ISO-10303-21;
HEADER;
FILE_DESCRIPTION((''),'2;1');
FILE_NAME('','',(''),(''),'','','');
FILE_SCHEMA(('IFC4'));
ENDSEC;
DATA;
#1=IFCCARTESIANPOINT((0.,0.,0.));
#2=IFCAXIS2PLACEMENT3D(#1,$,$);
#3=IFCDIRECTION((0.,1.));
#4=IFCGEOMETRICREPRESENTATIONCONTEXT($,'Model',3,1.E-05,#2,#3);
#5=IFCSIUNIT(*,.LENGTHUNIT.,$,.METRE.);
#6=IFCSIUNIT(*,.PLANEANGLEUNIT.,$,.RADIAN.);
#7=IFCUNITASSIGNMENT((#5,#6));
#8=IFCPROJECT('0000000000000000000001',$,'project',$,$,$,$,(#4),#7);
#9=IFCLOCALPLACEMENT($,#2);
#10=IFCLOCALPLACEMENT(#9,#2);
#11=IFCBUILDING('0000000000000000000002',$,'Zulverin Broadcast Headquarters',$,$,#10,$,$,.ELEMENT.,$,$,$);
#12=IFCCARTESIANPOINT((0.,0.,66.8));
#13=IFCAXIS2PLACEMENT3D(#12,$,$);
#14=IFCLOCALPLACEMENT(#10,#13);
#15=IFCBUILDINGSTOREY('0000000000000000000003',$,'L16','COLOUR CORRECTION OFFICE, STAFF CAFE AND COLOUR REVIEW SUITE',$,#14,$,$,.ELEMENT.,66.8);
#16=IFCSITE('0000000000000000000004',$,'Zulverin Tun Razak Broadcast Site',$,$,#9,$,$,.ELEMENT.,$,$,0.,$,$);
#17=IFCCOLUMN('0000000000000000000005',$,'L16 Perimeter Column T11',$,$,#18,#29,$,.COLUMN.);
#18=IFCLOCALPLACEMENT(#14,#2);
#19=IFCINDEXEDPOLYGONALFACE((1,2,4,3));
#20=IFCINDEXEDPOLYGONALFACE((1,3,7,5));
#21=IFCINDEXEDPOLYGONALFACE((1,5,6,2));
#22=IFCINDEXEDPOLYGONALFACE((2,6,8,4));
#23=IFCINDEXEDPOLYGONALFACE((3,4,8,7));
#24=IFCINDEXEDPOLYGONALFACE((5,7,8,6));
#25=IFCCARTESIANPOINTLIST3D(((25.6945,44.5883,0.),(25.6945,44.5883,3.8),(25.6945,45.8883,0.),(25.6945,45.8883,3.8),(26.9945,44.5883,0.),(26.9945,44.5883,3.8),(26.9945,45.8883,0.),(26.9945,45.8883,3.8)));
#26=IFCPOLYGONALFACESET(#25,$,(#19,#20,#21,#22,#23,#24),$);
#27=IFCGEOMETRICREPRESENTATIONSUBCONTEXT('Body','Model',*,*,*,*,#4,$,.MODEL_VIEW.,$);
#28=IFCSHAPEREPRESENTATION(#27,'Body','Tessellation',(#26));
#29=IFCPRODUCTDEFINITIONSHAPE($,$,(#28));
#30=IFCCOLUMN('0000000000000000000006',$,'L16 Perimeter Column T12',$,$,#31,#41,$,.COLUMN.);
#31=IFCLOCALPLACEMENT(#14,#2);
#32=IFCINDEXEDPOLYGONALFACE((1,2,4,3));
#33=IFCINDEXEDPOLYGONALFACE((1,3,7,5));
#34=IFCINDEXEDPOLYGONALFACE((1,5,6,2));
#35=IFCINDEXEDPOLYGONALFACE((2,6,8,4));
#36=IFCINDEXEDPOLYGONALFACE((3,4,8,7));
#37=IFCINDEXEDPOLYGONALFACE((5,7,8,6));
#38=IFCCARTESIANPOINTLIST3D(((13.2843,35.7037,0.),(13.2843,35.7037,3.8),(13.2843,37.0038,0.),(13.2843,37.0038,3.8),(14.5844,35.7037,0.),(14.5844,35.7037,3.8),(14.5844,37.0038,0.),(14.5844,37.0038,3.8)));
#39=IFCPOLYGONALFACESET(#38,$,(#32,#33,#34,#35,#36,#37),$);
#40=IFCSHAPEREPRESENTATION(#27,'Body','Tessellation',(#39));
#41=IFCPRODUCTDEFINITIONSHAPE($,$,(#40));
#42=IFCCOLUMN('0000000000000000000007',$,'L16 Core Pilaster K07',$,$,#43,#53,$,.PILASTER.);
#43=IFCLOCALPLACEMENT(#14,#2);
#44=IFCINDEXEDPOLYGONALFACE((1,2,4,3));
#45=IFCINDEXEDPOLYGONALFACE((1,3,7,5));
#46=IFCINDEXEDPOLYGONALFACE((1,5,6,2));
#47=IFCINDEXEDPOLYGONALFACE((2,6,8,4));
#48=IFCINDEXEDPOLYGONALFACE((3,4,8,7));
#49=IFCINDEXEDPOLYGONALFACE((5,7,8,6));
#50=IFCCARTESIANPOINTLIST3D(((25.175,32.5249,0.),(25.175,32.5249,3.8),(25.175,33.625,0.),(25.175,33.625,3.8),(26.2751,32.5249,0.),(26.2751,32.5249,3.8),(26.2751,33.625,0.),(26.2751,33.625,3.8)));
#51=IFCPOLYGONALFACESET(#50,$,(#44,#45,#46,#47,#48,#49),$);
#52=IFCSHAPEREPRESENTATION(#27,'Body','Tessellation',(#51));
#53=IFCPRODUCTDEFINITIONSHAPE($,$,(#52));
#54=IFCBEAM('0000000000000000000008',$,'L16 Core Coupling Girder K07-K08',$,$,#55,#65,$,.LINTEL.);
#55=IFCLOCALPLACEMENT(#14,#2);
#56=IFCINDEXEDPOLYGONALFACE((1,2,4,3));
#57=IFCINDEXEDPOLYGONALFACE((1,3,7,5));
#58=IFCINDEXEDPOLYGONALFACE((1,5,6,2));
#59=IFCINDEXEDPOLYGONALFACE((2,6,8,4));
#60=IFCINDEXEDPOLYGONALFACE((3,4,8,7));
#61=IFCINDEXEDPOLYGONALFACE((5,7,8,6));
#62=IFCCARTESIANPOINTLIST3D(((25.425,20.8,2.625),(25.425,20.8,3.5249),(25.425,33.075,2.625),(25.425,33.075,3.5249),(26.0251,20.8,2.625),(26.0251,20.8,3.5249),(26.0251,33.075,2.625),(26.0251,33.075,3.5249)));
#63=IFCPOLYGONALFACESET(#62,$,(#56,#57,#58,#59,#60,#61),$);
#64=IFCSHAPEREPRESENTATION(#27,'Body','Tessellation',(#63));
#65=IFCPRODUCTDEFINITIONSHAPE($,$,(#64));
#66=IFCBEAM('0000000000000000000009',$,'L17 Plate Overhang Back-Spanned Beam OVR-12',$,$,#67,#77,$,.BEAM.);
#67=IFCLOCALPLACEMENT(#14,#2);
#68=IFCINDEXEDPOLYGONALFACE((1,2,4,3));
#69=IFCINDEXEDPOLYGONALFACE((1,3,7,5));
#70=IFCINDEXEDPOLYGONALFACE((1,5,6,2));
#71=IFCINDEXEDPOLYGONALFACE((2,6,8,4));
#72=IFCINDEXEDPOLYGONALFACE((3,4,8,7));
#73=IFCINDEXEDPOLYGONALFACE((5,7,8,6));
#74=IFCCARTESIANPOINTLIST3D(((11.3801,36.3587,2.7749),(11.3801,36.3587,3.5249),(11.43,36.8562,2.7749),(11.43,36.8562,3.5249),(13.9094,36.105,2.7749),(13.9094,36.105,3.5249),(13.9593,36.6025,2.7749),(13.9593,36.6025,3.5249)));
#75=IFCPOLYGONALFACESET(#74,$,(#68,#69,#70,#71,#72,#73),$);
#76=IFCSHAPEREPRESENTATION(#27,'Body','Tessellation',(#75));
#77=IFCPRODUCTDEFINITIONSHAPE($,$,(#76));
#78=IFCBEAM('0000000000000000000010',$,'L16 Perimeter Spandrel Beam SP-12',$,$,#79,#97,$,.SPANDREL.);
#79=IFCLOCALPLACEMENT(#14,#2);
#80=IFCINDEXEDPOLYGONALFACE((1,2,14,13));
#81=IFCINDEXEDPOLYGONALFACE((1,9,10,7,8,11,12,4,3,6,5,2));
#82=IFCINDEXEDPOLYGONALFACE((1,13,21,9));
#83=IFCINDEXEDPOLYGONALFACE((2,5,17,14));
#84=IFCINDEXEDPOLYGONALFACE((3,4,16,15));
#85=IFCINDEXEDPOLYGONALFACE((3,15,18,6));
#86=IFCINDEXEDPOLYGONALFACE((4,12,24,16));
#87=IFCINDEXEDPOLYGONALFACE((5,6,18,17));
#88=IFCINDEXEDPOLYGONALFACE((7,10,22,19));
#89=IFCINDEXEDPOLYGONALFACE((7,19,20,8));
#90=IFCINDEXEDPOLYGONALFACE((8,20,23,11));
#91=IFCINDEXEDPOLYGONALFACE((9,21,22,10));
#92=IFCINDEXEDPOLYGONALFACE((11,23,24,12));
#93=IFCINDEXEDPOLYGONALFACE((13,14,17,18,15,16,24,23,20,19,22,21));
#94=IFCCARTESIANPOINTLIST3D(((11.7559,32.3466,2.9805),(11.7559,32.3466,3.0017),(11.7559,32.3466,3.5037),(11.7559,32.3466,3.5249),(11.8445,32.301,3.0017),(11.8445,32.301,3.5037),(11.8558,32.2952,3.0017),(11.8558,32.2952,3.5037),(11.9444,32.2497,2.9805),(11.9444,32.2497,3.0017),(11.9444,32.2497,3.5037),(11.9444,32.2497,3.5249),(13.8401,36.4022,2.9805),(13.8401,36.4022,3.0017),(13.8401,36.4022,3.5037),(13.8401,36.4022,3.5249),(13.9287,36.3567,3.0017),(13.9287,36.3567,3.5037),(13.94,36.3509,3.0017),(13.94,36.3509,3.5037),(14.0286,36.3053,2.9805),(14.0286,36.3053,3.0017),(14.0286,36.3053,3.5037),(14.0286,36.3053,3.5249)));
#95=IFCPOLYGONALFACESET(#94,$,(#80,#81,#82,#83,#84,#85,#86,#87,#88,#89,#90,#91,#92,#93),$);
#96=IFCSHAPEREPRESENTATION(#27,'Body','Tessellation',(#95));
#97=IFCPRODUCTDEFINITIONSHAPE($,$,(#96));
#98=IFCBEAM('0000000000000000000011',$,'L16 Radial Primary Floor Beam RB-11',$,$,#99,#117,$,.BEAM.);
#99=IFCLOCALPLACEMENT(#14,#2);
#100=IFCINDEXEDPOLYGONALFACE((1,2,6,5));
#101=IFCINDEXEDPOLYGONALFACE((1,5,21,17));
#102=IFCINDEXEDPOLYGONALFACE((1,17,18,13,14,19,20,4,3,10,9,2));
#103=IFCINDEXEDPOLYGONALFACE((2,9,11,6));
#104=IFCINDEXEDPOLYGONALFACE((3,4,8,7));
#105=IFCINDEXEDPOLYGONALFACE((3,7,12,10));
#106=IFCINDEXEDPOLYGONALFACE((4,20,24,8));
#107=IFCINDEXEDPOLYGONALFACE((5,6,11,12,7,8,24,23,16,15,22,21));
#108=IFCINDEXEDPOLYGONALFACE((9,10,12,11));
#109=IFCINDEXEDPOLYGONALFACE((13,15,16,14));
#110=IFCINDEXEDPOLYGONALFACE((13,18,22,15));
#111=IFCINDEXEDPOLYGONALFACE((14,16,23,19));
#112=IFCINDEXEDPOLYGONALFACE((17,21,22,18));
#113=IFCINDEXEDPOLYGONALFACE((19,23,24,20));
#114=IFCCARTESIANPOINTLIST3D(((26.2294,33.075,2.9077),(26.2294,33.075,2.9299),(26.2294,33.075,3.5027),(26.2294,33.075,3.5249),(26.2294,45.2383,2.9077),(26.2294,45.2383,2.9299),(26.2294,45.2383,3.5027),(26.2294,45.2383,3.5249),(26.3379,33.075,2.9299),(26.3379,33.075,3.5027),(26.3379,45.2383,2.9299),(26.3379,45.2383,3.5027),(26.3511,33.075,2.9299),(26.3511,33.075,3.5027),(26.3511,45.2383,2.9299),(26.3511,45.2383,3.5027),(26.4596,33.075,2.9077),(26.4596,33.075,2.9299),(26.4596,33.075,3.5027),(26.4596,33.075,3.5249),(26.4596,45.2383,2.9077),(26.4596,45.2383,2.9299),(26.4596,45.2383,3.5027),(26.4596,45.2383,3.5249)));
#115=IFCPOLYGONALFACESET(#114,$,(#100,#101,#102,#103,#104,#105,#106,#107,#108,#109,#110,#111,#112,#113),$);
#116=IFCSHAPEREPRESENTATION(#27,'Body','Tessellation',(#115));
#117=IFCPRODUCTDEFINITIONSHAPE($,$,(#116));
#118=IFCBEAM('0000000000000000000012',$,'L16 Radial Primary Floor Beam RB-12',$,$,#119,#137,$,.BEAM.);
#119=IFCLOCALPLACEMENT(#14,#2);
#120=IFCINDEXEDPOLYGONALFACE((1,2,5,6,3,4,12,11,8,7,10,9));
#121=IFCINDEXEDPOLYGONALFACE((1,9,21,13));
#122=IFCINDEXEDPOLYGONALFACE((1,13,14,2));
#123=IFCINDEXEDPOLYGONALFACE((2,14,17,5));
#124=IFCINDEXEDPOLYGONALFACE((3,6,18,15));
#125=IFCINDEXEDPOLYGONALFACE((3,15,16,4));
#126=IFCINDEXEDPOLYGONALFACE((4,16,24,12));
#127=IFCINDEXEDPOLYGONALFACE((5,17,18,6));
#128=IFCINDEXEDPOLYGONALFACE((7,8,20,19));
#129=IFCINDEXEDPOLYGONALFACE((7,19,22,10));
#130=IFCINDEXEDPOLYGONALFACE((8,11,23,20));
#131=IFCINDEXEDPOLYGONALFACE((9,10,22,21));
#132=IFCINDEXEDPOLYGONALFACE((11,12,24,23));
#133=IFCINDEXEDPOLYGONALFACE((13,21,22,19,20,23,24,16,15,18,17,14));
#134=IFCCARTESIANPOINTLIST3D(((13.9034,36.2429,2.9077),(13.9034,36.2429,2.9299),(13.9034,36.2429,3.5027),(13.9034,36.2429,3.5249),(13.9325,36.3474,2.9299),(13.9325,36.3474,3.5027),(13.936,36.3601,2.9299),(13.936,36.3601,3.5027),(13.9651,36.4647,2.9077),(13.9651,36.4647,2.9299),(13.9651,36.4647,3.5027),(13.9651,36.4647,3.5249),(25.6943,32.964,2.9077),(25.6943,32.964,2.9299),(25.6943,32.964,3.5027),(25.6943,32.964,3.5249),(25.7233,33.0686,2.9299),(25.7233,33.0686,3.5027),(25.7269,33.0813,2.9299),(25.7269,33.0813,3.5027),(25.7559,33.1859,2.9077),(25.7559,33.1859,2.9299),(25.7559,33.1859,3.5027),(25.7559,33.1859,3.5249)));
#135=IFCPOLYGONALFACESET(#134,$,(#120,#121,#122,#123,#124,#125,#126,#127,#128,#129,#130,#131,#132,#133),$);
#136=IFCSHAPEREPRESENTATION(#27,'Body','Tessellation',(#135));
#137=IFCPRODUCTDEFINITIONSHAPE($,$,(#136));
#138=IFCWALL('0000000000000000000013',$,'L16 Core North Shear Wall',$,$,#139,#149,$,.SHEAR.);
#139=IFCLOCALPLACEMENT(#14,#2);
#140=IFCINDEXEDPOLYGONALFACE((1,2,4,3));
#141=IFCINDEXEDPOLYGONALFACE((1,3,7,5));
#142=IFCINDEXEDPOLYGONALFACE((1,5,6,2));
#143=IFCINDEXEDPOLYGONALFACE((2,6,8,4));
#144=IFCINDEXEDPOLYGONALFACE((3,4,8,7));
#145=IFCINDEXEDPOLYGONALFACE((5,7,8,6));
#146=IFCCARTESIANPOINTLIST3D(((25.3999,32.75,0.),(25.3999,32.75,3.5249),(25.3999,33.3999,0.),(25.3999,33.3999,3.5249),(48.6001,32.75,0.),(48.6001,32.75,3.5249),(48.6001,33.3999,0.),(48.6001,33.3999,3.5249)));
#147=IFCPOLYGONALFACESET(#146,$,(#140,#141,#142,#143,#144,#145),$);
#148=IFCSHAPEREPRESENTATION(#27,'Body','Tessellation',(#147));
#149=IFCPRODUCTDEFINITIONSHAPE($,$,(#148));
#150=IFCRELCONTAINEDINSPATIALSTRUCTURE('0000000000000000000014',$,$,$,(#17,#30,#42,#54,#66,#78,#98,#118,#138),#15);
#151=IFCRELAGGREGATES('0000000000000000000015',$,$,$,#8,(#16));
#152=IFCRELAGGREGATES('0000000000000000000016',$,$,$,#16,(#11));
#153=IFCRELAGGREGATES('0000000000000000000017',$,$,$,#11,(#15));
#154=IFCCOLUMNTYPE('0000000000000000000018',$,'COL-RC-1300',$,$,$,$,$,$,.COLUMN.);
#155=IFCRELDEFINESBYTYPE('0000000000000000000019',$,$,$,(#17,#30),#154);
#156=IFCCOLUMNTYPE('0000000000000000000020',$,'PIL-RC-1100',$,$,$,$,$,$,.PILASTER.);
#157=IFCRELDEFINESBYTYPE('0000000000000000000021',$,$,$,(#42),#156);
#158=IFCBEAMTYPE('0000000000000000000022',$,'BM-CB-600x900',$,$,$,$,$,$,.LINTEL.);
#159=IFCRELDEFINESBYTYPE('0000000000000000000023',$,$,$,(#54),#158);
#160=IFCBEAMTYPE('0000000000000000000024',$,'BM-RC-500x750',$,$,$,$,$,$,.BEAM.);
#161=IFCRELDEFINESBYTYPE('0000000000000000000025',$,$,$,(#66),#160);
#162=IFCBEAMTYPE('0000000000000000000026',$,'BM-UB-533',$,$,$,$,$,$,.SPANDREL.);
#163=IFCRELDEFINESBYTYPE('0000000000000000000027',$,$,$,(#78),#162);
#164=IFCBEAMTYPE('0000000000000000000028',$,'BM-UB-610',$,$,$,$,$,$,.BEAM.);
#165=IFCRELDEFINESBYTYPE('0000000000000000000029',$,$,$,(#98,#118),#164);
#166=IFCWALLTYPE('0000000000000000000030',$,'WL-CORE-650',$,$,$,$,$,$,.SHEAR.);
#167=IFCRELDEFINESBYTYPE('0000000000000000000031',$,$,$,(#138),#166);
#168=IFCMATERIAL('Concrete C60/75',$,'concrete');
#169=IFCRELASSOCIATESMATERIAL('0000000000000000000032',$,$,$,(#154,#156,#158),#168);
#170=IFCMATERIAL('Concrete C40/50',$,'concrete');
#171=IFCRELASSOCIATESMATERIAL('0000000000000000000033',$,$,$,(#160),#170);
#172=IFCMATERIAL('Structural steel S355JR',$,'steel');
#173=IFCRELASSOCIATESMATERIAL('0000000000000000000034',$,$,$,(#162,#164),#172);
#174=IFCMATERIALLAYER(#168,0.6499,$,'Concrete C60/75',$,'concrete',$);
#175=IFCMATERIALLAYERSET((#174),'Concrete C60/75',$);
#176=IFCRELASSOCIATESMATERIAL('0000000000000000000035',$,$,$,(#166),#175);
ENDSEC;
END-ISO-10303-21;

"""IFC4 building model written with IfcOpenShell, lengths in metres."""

from ifc_helpers import new_model, si_unit, direction, frame, frame_2d, origin, origin_2d, place, context, subcontext, project, spatial, rectangle, i_section, extrude, material, layer, layer_set, material_profile, profile_set, type_object, element, save


model = new_model("IFC4")

# Units and contexts
model_context = context("Model", 3, precision=1e-05, world=origin(), true_north=direction((0.0, 1.0)))
body_context = subcontext(model_context, "Body", "Model", "MODEL_VIEW")
ifc_project = project(units=[si_unit("LENGTHUNIT", "METRE"), si_unit("PLANEANGLEUNIT", "RADIAN")], contexts=[model_context])

# Site, building, storey
site_placement = place(None, origin())
site = spatial("IfcSite", under=ifc_project, at=site_placement, Name="Zulverin Tun Razak Broadcast Site", CompositionType="ELEMENT", RefElevation=0.0)
building_placement = place(site_placement, origin())
building = spatial("IfcBuilding", under=site, at=building_placement, Name="Zulverin Broadcast Headquarters", CompositionType="ELEMENT")
storey_placement = place(building_placement, frame((0.0, 0.0, 66.8)))
storey = spatial("IfcBuildingStorey", under=building, at=storey_placement, Name="L16", Description="COLOUR CORRECTION OFFICE, STAFF CAFE AND COLOUR REVIEW SUITE", CompositionType="ELEMENT", Elevation=66.8)

# Columns
ifc_material_1 = material(Name="Concrete C60/75", Category="concrete")
ifc_material_profile_1 = material_profile(ifc_material_1, rectangle(XDim=1.3, YDim=1.3, at=origin_2d()), Name="Concrete C60/75", Category="concrete")
ifc_profile_set_1 = profile_set([ifc_material_profile_1], Name="Concrete C60/75")
column_type_1 = type_object("IfcColumnType", Name="COL-RC-1300", PredefinedType="COLUMN", material=ifc_profile_set_1)
for number, where, z_axis, x_axis, name in (
    (1, (26.3445, 45.2383, 0.0), (0.0, 0.0, 1.0), (1.0, 0.0, 0.0), "L16 Perimeter Column T11"),
    (2, (13.9343, 36.3538, 0.0), (0.0, 0.0, 1.0), (1.0, 0.0, 0.0), "L16 Perimeter Column T12"),
):
    element("IfcColumn", number, at=place(storey_placement, frame(where, z_axis=z_axis, x_axis=x_axis)), inside=storey, type_object=column_type_1, Name=name, PredefinedType="COLUMN", context=body_context, shape_type="SweptSolid", body=[
        extrude(rectangle(XDim=1.3, YDim=1.3, at=origin_2d()), origin(), (0.0, 0.0, 1.0), 3.8),
    ])
ifc_material_profile_2 = material_profile(ifc_material_1, rectangle(XDim=1.1001, YDim=1.1001, at=origin_2d()), Name="Concrete C60/75", Category="concrete")
ifc_profile_set_2 = profile_set([ifc_material_profile_2], Name="Concrete C60/75")
column_type_2 = type_object("IfcColumnType", Name="PIL-RC-1100", PredefinedType="PILASTER", material=ifc_profile_set_2)
column_placement = place(storey_placement, frame((25.7251, 33.075, 0.0), z_axis=(0.0, 0.0, 1.0), x_axis=(1.0, 0.0, 0.0)))
element("IfcColumn", 3, at=column_placement, inside=storey, type_object=column_type_2, Name="L16 Core Pilaster K07", PredefinedType="PILASTER", context=body_context, shape_type="SweptSolid", body=[
    extrude(rectangle(XDim=1.1001, YDim=1.1001, at=origin_2d()), origin(), (0.0, 0.0, 1.0), 3.8),
])

# Beams
ifc_material_profile_3 = material_profile(ifc_material_1, rectangle(XDim=0.6001, YDim=0.8999, at=origin_2d()), Name="Concrete C60/75", Category="concrete")
ifc_profile_set_3 = profile_set([ifc_material_profile_3], Name="Concrete C60/75")
beam_type_1 = type_object("IfcBeamType", Name="BM-CB-600x900", PredefinedType="LINTEL", material=ifc_profile_set_3)
beam_1_placement = place(storey_placement, frame((25.7251, 33.075, 3.075), z_axis=(0.0, -1.0, 0.0), x_axis=(1.0, 0.0, 0.0)))
element("IfcBeam", 4, at=beam_1_placement, inside=storey, type_object=beam_type_1, Name="L16 Core Coupling Girder K07-K08", PredefinedType="LINTEL", context=body_context, shape_type="SweptSolid", body=[
    extrude(rectangle(XDim=0.6001, YDim=0.8999, at=origin_2d()), origin(), (0.0, 0.0, 1.0), 12.2749),
])
ifc_material_2 = material(Name="Concrete C40/50", Category="concrete")
ifc_material_profile_4 = material_profile(ifc_material_2, rectangle(XDim=0.5, YDim=0.75, at=origin_2d()), Name="Concrete C40/50", Category="concrete")
ifc_profile_set_4 = profile_set([ifc_material_profile_4], Name="Concrete C40/50")
beam_type_2 = type_object("IfcBeamType", Name="BM-RC-500x750", PredefinedType="BEAM", material=ifc_profile_set_4)
beam_2_placement = place(storey_placement, frame((13.9343, 36.3538, 3.1499), z_axis=(-0.995009, 0.099789, 0.0), x_axis=(-0.099789, -0.995009, 0.0)))
element("IfcBeam", 5, at=beam_2_placement, inside=storey, type_object=beam_type_2, Name="L17 Plate Overhang Back-Spanned Beam OVR-12", PredefinedType="BEAM", context=body_context, shape_type="SweptSolid", body=[
    extrude(rectangle(XDim=0.5, YDim=0.75, at=origin_2d()), origin(), (0.0, 0.0, 1.0), 2.542),
])
ifc_material_3 = material(Name="Structural steel S355JR", Category="steel")
ifc_material_profile_5 = material_profile(ifc_material_3, i_section(OverallWidth=0.2119, OverallDepth=0.5444, WebThickness=0.0127, FlangeThickness=0.0212, at=origin_2d()), Name="Structural steel S355JR", Category="steel")
ifc_profile_set_5 = profile_set([ifc_material_profile_5], Name="Structural steel S355JR")
beam_type_3 = type_object("IfcBeamType", Name="BM-UB-533", PredefinedType="SPANDREL", material=ifc_profile_set_5)
beam_3_placement = place(storey_placement, frame((13.9343, 36.3538, 3.2527), z_axis=(-0.457081, -0.889425, 0.0), x_axis=(0.889425, -0.457081, 0.0)))
element("IfcBeam", 6, at=beam_3_placement, inside=storey, type_object=beam_type_3, Name="L16 Perimeter Spandrel Beam SP-12", PredefinedType="SPANDREL", context=body_context, shape_type="SweptSolid", body=[
    extrude(i_section(OverallWidth=0.2119, OverallDepth=0.5444, WebThickness=0.0127, FlangeThickness=0.0212, at=origin_2d()), origin(), (0.0, 0.0, 1.0), 4.5598),
])
ifc_material_profile_6 = material_profile(ifc_material_3, i_section(OverallWidth=0.2302, OverallDepth=0.6172, WebThickness=0.0132, FlangeThickness=0.0222, at=origin_2d()), Name="Structural steel S355JR", Category="steel")
ifc_profile_set_6 = profile_set([ifc_material_profile_6], Name="Structural steel S355JR")
beam_type_4 = type_object("IfcBeamType", Name="BM-UB-610", PredefinedType="BEAM", material=ifc_profile_set_6)
beam_4_placement = place(storey_placement, frame((26.3445, 33.075, 3.2163), z_axis=(0.0, 1.0, 0.0), x_axis=(-1.0, 0.0, 0.0)))
element("IfcBeam", 7, at=beam_4_placement, inside=storey, type_object=beam_type_4, Name="L16 Radial Primary Floor Beam RB-11", PredefinedType="BEAM", context=body_context, shape_type="SweptSolid", body=[
    extrude(i_section(OverallWidth=0.2302, OverallDepth=0.6172, WebThickness=0.0132, FlangeThickness=0.0222, at=origin_2d()), origin(), (0.0, 0.0, 1.0), 12.1633),
])
beam_5_placement = place(storey_placement, frame((25.7251, 33.075, 3.2163), z_axis=(-0.963442, 0.267917, 0.0), x_axis=(-0.267917, -0.963442, 0.0)))
element("IfcBeam", 8, at=beam_5_placement, inside=storey, type_object=beam_type_4, Name="L16 Radial Primary Floor Beam RB-12", PredefinedType="BEAM", context=body_context, shape_type="SweptSolid", body=[
    extrude(i_section(OverallWidth=0.2302, OverallDepth=0.6172, WebThickness=0.0132, FlangeThickness=0.0222, at=origin_2d()), origin(), (0.0, 0.0, 1.0), 12.2383),
])

# Wall
ifc_layer_1 = layer(ifc_material_1, 0.6499, Name="Concrete C60/75", Category="concrete")
ifc_layer_set_1 = layer_set([ifc_layer_1], Name="Concrete C60/75")
wall_type_1 = type_object("IfcWallType", Name="WL-CORE-650", PredefinedType="SHEAR", material=ifc_layer_set_1)
wall_1_placement = place(storey_placement, frame((25.3999, 33.075, 0.0), z_axis=(0.0, 0.0, 1.0), x_axis=(1.0, 0.0, 0.0)))
element("IfcWall", 9, at=wall_1_placement, inside=storey, type_object=wall_type_1, Name="L16 Core North Shear Wall", PredefinedType="SHEAR", context=body_context, shape_type="SweptSolid", body=[
    extrude(rectangle(XDim=23.2002, YDim=0.6499, at=frame_2d((11.6001, 0.0))), origin(), (0.0, 0.0, 1.0), 3.5249),
])

save(model, "model.ifc")
